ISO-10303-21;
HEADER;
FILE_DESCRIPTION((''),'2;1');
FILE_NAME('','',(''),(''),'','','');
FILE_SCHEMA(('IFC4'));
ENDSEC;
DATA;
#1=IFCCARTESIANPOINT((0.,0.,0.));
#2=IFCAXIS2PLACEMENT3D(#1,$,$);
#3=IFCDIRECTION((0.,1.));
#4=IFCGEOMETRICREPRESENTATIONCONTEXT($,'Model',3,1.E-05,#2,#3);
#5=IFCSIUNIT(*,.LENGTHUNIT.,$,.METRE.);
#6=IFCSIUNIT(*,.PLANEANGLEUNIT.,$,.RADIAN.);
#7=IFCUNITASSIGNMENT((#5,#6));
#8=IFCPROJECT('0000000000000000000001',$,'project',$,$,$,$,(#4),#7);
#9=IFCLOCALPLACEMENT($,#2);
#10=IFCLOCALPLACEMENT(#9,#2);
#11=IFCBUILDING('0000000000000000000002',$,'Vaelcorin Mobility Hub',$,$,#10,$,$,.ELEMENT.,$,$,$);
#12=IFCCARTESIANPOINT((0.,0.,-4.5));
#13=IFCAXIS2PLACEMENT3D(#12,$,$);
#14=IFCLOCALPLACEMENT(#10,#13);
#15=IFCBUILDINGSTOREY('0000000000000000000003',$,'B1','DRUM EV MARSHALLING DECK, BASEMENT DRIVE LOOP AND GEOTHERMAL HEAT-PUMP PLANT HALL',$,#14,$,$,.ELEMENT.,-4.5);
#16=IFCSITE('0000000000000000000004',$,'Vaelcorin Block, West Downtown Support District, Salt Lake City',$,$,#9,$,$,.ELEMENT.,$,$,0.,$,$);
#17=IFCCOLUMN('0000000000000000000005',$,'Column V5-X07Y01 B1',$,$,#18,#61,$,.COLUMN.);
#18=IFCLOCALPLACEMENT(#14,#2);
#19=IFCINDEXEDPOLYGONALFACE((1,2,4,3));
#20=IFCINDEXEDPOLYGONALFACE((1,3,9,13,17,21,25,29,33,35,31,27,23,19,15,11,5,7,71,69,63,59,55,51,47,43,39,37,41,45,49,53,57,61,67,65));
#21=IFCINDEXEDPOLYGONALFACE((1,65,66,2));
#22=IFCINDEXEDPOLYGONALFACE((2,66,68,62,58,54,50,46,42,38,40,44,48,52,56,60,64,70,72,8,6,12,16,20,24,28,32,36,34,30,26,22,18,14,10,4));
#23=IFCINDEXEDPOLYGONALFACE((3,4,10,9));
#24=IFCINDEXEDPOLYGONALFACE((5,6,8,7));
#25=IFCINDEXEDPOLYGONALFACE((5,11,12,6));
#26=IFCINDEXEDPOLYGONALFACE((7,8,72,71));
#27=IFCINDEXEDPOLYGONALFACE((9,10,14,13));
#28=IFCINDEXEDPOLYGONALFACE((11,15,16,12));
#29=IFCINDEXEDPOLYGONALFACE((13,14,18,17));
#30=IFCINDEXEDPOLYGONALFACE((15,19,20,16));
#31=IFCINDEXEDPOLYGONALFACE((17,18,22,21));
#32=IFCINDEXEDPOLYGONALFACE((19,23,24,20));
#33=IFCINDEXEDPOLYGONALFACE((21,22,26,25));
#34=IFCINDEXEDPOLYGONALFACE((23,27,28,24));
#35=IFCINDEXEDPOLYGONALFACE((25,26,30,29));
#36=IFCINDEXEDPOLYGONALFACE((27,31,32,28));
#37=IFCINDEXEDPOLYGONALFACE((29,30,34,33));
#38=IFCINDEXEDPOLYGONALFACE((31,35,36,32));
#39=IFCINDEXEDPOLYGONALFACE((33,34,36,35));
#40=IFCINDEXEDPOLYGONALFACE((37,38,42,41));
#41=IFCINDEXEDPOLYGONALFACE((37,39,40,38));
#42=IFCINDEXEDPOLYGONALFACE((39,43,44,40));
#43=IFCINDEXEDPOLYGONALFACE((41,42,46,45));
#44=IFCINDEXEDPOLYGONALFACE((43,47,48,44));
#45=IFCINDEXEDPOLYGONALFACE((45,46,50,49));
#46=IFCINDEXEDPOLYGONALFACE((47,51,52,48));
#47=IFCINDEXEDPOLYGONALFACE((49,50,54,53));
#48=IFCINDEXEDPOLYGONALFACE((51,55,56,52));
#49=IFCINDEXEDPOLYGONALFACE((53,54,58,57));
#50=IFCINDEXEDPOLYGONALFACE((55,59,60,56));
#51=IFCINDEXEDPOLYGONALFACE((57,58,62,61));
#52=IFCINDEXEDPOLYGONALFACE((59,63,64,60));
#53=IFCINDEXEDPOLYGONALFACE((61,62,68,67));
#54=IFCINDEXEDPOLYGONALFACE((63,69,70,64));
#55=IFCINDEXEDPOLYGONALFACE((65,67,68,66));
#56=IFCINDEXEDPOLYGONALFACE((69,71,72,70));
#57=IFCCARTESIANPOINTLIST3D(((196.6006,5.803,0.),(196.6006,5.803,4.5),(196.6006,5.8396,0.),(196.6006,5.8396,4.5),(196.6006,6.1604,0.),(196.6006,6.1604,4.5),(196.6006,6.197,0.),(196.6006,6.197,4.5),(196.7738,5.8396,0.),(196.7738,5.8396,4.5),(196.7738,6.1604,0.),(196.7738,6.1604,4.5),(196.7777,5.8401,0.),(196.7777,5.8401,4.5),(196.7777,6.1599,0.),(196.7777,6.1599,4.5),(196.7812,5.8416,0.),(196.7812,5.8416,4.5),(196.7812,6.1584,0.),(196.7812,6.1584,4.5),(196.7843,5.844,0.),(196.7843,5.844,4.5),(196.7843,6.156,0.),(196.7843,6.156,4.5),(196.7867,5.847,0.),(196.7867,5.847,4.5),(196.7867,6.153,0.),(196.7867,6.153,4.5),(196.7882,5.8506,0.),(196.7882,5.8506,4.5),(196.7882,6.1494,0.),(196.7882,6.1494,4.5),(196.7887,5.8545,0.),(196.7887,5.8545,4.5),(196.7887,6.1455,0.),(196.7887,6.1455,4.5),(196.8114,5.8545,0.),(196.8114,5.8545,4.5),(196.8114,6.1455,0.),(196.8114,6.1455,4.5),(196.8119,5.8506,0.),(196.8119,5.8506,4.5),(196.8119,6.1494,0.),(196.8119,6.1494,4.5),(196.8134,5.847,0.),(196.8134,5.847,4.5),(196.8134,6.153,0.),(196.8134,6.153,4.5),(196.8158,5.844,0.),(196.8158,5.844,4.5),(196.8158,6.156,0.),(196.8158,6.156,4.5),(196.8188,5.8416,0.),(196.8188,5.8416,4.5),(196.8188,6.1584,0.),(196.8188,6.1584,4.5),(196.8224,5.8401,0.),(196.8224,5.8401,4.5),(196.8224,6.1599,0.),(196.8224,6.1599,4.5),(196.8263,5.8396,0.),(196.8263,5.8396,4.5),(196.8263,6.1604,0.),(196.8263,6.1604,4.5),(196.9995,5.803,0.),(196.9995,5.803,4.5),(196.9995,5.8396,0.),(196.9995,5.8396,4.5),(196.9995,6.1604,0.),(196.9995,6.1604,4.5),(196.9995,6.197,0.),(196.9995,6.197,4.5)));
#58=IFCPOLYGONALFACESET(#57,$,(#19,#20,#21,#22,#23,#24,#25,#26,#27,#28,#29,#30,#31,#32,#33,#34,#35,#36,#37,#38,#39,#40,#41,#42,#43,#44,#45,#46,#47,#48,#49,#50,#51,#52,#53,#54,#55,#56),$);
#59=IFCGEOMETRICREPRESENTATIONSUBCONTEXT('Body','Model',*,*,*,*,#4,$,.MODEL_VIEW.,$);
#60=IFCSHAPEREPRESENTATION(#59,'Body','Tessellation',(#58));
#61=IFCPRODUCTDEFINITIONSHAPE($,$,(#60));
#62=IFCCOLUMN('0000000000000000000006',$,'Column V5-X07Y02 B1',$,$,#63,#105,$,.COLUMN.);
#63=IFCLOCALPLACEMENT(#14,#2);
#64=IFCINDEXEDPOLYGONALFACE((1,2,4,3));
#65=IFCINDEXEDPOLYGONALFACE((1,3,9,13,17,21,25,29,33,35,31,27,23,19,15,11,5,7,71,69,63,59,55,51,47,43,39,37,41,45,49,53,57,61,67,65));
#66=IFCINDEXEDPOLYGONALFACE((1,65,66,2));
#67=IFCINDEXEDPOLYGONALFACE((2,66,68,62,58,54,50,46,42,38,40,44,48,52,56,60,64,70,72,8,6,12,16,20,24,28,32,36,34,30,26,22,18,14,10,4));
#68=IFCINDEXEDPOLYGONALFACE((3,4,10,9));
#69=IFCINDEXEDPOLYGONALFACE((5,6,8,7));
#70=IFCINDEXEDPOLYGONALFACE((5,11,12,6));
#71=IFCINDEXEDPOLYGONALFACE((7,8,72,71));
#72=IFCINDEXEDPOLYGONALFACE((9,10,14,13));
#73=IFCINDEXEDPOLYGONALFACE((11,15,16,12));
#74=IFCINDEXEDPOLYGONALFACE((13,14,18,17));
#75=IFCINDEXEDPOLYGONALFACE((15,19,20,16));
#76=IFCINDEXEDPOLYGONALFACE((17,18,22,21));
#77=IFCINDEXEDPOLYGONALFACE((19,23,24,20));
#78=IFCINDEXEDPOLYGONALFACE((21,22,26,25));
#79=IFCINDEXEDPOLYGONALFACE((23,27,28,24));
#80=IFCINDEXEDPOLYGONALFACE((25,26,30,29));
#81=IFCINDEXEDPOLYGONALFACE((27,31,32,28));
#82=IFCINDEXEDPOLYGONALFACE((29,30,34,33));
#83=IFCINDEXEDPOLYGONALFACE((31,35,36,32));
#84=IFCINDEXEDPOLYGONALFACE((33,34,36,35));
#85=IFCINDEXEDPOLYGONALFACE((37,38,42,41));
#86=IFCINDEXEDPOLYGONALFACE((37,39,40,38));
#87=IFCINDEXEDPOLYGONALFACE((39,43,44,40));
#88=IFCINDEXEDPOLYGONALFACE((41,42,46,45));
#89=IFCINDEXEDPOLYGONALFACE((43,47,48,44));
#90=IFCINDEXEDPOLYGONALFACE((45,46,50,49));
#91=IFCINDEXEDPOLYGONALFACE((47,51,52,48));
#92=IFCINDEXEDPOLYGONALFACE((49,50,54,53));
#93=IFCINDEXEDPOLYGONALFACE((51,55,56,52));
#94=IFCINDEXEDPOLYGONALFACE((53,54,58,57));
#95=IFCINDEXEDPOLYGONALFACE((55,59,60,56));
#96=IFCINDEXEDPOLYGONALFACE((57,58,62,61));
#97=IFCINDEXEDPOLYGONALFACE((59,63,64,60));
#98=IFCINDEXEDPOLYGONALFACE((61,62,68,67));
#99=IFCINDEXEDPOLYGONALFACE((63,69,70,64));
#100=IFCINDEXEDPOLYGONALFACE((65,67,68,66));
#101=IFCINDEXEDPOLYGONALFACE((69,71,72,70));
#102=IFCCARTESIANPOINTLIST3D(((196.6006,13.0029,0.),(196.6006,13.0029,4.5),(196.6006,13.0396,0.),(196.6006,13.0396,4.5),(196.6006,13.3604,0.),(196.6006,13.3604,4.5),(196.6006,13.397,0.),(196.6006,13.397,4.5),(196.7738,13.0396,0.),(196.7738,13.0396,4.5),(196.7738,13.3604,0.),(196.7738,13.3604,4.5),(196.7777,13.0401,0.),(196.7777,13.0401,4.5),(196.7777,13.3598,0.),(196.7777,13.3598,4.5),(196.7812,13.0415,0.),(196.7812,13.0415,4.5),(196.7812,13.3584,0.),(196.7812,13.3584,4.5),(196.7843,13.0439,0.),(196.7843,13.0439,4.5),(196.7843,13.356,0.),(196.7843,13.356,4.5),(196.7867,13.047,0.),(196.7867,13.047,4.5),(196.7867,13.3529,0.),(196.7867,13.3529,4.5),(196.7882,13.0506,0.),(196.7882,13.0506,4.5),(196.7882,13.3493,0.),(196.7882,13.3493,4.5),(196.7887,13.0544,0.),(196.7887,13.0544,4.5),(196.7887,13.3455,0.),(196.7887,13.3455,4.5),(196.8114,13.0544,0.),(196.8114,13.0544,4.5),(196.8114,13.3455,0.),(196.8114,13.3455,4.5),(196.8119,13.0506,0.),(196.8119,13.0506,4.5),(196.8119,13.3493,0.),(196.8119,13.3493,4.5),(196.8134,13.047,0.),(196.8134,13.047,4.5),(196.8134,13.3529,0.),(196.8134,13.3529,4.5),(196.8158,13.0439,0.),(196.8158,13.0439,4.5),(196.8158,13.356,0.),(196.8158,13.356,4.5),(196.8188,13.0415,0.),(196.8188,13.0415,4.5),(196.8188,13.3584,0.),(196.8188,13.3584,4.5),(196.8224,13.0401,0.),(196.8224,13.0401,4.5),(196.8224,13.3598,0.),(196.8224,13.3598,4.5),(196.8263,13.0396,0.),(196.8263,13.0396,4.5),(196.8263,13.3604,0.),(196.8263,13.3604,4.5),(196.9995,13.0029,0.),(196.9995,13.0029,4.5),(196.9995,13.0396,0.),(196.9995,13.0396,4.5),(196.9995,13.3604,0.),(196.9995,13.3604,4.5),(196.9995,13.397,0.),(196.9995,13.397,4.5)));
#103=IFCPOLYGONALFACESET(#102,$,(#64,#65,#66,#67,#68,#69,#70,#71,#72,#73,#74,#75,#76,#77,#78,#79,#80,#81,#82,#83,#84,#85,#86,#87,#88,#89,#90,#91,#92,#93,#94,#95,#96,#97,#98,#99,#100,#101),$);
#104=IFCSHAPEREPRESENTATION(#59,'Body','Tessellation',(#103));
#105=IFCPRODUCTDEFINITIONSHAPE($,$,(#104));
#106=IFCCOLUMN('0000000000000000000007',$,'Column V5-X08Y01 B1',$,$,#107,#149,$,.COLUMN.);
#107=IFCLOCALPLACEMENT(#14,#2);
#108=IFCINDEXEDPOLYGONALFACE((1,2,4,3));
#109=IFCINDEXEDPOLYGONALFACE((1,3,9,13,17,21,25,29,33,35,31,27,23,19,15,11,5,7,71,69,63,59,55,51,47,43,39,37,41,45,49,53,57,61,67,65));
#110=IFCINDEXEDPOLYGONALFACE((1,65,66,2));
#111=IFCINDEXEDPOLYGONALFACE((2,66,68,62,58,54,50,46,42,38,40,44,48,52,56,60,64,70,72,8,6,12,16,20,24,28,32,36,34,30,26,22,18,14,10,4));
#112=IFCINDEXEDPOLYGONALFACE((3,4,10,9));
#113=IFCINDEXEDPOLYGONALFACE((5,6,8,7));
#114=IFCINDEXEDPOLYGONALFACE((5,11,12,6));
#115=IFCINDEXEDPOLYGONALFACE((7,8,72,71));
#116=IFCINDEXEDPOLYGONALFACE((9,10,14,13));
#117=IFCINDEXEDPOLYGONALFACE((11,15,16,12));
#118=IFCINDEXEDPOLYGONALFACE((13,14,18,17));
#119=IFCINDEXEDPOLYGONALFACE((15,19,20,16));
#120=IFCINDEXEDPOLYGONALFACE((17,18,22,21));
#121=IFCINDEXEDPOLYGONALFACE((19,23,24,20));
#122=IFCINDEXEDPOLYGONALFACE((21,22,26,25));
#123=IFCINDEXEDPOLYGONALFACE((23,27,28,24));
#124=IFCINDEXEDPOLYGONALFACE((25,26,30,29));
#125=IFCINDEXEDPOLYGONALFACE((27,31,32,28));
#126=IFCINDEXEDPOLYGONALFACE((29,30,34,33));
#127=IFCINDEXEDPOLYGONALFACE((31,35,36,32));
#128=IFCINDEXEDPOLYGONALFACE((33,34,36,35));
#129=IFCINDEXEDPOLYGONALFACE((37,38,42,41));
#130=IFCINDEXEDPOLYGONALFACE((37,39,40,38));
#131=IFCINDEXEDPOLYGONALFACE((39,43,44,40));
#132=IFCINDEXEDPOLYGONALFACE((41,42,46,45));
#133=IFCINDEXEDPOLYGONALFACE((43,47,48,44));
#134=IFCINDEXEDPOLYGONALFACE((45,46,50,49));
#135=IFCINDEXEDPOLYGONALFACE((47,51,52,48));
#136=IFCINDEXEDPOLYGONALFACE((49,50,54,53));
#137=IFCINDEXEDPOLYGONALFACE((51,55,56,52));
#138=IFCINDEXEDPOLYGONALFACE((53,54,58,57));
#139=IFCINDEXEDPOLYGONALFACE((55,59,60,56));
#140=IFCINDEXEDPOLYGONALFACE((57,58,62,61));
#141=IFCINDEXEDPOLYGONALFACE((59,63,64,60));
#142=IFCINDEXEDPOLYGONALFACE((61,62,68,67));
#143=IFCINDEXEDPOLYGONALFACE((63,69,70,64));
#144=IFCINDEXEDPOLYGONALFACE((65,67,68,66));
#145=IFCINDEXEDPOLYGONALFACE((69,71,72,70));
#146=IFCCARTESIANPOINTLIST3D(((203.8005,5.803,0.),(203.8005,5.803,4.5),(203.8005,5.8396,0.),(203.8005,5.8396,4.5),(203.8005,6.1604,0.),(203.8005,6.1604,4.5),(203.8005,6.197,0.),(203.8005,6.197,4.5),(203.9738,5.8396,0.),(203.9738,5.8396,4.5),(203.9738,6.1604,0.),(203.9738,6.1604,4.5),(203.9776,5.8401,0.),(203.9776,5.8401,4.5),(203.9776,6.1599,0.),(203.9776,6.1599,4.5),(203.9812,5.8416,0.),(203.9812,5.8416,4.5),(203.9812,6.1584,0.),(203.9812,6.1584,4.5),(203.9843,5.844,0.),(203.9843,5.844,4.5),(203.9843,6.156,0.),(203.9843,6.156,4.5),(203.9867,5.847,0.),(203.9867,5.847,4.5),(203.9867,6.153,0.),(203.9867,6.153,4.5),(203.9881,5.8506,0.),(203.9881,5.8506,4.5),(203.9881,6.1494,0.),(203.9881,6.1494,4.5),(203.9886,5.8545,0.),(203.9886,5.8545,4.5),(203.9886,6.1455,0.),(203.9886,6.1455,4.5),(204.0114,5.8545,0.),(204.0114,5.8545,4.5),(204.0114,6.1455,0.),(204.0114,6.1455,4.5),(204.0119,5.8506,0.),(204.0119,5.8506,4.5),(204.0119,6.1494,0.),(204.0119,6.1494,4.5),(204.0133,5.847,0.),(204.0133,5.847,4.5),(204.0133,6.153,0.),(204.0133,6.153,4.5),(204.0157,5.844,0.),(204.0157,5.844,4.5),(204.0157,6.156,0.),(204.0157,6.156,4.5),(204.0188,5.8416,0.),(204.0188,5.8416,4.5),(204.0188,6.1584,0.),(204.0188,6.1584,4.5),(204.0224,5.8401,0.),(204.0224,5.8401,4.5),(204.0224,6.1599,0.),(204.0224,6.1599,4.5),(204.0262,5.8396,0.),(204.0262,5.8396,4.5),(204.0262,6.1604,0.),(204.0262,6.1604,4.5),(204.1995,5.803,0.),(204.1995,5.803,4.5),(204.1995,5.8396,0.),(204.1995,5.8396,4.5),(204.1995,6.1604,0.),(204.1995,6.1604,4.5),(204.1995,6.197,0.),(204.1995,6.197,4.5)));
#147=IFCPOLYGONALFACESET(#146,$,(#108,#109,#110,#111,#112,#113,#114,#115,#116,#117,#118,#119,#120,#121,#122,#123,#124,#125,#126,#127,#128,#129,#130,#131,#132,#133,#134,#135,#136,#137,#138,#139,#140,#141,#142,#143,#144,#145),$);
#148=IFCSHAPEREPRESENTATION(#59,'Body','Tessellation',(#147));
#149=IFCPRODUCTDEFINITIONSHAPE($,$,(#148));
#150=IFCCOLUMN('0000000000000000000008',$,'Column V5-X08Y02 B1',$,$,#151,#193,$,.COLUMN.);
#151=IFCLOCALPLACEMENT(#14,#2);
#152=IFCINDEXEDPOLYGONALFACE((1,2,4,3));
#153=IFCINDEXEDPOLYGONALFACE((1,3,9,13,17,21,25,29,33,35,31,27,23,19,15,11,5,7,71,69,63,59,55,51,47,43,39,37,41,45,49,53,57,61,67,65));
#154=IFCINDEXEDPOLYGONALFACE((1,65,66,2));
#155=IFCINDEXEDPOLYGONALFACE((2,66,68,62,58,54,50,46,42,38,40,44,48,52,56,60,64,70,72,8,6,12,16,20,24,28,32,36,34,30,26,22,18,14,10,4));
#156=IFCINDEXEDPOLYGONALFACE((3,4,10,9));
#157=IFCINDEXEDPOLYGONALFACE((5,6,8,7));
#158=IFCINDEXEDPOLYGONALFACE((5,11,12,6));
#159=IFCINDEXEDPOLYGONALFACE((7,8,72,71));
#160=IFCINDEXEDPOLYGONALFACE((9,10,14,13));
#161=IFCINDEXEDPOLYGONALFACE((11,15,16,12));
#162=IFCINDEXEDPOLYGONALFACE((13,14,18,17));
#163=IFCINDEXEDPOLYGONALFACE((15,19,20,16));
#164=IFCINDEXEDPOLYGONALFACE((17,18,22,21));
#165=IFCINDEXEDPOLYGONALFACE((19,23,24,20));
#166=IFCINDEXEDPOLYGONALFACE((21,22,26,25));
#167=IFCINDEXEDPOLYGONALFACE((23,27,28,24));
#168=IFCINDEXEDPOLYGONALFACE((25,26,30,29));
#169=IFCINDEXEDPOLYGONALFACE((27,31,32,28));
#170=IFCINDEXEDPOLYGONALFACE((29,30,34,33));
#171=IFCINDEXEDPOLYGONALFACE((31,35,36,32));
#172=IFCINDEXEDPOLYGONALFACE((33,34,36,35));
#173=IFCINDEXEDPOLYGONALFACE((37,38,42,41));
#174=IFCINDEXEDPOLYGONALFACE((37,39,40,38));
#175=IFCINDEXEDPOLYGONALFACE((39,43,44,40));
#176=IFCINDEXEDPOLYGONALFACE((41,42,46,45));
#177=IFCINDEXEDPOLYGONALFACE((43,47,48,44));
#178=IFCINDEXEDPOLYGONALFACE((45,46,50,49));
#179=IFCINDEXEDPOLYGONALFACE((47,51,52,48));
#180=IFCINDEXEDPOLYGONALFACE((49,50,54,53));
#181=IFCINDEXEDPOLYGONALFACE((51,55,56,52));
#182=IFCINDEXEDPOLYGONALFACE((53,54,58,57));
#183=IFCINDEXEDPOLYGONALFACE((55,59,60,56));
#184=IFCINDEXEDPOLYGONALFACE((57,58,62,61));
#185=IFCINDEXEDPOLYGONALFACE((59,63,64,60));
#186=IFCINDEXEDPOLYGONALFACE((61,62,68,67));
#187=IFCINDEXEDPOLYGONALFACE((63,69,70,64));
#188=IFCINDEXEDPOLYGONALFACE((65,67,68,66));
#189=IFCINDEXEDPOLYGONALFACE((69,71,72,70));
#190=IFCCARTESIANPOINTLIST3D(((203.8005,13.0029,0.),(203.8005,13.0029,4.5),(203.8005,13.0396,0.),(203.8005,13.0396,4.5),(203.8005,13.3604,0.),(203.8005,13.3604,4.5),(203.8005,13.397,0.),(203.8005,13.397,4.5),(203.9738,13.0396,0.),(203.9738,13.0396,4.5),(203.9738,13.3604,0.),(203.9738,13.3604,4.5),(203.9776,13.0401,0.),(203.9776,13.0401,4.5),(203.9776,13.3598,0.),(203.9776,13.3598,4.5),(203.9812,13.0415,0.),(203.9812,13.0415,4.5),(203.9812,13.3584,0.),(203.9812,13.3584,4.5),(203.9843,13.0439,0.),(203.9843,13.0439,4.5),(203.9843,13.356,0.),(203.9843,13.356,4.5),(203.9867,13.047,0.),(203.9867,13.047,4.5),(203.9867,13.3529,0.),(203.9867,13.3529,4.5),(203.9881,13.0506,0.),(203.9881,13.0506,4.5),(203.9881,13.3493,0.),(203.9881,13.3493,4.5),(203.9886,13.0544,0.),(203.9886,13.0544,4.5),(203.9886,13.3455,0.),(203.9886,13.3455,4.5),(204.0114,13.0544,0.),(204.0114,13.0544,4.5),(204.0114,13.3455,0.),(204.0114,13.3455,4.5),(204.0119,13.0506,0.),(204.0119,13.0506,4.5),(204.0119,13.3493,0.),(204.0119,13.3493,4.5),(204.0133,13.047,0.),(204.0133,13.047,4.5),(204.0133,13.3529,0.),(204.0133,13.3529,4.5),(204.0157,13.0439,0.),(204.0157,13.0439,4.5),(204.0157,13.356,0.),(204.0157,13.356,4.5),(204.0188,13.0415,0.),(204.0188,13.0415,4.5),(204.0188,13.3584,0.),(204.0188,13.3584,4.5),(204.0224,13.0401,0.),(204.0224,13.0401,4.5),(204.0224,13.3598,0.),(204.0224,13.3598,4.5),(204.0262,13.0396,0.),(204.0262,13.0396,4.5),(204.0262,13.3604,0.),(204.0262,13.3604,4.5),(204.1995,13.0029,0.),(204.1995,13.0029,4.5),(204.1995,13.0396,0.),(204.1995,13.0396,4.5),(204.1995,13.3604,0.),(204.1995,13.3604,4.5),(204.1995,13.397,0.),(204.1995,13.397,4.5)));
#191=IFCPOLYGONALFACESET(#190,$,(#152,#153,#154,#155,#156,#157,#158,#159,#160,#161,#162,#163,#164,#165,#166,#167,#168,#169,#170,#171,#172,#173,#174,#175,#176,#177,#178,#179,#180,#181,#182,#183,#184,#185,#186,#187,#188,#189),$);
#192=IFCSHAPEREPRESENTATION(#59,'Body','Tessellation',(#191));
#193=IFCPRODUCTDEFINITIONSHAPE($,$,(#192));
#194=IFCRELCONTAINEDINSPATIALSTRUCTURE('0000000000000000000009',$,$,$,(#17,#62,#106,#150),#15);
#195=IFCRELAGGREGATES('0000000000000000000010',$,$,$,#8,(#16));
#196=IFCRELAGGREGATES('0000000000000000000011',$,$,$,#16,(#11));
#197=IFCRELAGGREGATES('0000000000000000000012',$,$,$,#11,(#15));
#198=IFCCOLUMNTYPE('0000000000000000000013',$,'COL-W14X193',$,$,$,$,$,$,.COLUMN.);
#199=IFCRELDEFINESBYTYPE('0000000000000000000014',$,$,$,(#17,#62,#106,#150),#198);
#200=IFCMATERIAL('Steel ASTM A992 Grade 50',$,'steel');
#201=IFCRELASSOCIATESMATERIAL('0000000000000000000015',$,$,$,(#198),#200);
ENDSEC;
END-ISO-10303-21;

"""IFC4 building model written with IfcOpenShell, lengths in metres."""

from ifc_helpers import new_model, si_unit, direction, frame, origin, origin_2d, place, context, subcontext, project, spatial, i_section, extrude, material, material_profile, profile_set, type_object, element, save


model = new_model("IFC4")

# Units and contexts
model_context = context("Model", 3, precision=1e-05, world=origin(), true_north=direction((0.0, 1.0)))
body_context = subcontext(model_context, "Body", "Model", "MODEL_VIEW")
ifc_project = project(units=[si_unit("LENGTHUNIT", "METRE"), si_unit("PLANEANGLEUNIT", "RADIAN")], contexts=[model_context])

# Site, building, storey
site_placement = place(None, origin())
site = spatial("IfcSite", under=ifc_project, at=site_placement, Name="Vaelcorin Block, West Downtown Support District, Salt Lake City", CompositionType="ELEMENT", RefElevation=0.0)
building_placement = place(site_placement, origin())
building = spatial("IfcBuilding", under=site, at=building_placement, Name="Vaelcorin Mobility Hub", CompositionType="ELEMENT")
storey_placement = place(building_placement, frame((0.0, 0.0, -4.5)))
storey = spatial("IfcBuildingStorey", under=building, at=storey_placement, Name="B1", Description="DRUM EV MARSHALLING DECK, BASEMENT DRIVE LOOP AND GEOTHERMAL HEAT-PUMP PLANT HALL", CompositionType="ELEMENT", Elevation=-4.5)

# Columns
ifc_material_1 = material(Name="Steel ASTM A992 Grade 50", Category="steel")
ifc_material_profile_1 = material_profile(ifc_material_1, i_section(OverallWidth=0.3989, OverallDepth=0.394, WebThickness=0.0227, FlangeThickness=0.0366, FilletRadius=0.0149, at=origin_2d()), Name="W14X193")
ifc_profile_set_1 = profile_set([ifc_material_profile_1], Name="Steel ASTM A992 Grade 50")
column_type = type_object("IfcColumnType", Name="COL-W14X193", PredefinedType="COLUMN", material=ifc_profile_set_1)
for number, where, z_axis, x_axis, name in (
    (1, (196.8, 6.0, 0.0), (0.0, 0.0, 1.0), (1.0, 0.0, 0.0), "Column V5-X07Y01 B1"),
    (2, (196.8, 13.2, 0.0), (0.0, 0.0, 1.0), (1.0, 0.0, 0.0), "Column V5-X07Y02 B1"),
    (3, (204.0, 6.0, 0.0), (0.0, 0.0, 1.0), (1.0, 0.0, 0.0), "Column V5-X08Y01 B1"),
    (4, (204.0, 13.2, 0.0), (0.0, 0.0, 1.0), (1.0, 0.0, 0.0), "Column V5-X08Y02 B1"),
):
    element("IfcColumn", number, at=place(storey_placement, frame(where, z_axis=z_axis, x_axis=x_axis)), inside=storey, type_object=column_type, Name=name, PredefinedType="COLUMN", context=body_context, shape_type="SweptSolid", body=[
        extrude(i_section(OverallWidth=0.3989, OverallDepth=0.394, WebThickness=0.0227, FlangeThickness=0.0366, FilletRadius=0.0149, at=origin_2d()), origin(), (0.0, 0.0, 1.0), 4.5),
    ])

save(model, "model.ifc")
